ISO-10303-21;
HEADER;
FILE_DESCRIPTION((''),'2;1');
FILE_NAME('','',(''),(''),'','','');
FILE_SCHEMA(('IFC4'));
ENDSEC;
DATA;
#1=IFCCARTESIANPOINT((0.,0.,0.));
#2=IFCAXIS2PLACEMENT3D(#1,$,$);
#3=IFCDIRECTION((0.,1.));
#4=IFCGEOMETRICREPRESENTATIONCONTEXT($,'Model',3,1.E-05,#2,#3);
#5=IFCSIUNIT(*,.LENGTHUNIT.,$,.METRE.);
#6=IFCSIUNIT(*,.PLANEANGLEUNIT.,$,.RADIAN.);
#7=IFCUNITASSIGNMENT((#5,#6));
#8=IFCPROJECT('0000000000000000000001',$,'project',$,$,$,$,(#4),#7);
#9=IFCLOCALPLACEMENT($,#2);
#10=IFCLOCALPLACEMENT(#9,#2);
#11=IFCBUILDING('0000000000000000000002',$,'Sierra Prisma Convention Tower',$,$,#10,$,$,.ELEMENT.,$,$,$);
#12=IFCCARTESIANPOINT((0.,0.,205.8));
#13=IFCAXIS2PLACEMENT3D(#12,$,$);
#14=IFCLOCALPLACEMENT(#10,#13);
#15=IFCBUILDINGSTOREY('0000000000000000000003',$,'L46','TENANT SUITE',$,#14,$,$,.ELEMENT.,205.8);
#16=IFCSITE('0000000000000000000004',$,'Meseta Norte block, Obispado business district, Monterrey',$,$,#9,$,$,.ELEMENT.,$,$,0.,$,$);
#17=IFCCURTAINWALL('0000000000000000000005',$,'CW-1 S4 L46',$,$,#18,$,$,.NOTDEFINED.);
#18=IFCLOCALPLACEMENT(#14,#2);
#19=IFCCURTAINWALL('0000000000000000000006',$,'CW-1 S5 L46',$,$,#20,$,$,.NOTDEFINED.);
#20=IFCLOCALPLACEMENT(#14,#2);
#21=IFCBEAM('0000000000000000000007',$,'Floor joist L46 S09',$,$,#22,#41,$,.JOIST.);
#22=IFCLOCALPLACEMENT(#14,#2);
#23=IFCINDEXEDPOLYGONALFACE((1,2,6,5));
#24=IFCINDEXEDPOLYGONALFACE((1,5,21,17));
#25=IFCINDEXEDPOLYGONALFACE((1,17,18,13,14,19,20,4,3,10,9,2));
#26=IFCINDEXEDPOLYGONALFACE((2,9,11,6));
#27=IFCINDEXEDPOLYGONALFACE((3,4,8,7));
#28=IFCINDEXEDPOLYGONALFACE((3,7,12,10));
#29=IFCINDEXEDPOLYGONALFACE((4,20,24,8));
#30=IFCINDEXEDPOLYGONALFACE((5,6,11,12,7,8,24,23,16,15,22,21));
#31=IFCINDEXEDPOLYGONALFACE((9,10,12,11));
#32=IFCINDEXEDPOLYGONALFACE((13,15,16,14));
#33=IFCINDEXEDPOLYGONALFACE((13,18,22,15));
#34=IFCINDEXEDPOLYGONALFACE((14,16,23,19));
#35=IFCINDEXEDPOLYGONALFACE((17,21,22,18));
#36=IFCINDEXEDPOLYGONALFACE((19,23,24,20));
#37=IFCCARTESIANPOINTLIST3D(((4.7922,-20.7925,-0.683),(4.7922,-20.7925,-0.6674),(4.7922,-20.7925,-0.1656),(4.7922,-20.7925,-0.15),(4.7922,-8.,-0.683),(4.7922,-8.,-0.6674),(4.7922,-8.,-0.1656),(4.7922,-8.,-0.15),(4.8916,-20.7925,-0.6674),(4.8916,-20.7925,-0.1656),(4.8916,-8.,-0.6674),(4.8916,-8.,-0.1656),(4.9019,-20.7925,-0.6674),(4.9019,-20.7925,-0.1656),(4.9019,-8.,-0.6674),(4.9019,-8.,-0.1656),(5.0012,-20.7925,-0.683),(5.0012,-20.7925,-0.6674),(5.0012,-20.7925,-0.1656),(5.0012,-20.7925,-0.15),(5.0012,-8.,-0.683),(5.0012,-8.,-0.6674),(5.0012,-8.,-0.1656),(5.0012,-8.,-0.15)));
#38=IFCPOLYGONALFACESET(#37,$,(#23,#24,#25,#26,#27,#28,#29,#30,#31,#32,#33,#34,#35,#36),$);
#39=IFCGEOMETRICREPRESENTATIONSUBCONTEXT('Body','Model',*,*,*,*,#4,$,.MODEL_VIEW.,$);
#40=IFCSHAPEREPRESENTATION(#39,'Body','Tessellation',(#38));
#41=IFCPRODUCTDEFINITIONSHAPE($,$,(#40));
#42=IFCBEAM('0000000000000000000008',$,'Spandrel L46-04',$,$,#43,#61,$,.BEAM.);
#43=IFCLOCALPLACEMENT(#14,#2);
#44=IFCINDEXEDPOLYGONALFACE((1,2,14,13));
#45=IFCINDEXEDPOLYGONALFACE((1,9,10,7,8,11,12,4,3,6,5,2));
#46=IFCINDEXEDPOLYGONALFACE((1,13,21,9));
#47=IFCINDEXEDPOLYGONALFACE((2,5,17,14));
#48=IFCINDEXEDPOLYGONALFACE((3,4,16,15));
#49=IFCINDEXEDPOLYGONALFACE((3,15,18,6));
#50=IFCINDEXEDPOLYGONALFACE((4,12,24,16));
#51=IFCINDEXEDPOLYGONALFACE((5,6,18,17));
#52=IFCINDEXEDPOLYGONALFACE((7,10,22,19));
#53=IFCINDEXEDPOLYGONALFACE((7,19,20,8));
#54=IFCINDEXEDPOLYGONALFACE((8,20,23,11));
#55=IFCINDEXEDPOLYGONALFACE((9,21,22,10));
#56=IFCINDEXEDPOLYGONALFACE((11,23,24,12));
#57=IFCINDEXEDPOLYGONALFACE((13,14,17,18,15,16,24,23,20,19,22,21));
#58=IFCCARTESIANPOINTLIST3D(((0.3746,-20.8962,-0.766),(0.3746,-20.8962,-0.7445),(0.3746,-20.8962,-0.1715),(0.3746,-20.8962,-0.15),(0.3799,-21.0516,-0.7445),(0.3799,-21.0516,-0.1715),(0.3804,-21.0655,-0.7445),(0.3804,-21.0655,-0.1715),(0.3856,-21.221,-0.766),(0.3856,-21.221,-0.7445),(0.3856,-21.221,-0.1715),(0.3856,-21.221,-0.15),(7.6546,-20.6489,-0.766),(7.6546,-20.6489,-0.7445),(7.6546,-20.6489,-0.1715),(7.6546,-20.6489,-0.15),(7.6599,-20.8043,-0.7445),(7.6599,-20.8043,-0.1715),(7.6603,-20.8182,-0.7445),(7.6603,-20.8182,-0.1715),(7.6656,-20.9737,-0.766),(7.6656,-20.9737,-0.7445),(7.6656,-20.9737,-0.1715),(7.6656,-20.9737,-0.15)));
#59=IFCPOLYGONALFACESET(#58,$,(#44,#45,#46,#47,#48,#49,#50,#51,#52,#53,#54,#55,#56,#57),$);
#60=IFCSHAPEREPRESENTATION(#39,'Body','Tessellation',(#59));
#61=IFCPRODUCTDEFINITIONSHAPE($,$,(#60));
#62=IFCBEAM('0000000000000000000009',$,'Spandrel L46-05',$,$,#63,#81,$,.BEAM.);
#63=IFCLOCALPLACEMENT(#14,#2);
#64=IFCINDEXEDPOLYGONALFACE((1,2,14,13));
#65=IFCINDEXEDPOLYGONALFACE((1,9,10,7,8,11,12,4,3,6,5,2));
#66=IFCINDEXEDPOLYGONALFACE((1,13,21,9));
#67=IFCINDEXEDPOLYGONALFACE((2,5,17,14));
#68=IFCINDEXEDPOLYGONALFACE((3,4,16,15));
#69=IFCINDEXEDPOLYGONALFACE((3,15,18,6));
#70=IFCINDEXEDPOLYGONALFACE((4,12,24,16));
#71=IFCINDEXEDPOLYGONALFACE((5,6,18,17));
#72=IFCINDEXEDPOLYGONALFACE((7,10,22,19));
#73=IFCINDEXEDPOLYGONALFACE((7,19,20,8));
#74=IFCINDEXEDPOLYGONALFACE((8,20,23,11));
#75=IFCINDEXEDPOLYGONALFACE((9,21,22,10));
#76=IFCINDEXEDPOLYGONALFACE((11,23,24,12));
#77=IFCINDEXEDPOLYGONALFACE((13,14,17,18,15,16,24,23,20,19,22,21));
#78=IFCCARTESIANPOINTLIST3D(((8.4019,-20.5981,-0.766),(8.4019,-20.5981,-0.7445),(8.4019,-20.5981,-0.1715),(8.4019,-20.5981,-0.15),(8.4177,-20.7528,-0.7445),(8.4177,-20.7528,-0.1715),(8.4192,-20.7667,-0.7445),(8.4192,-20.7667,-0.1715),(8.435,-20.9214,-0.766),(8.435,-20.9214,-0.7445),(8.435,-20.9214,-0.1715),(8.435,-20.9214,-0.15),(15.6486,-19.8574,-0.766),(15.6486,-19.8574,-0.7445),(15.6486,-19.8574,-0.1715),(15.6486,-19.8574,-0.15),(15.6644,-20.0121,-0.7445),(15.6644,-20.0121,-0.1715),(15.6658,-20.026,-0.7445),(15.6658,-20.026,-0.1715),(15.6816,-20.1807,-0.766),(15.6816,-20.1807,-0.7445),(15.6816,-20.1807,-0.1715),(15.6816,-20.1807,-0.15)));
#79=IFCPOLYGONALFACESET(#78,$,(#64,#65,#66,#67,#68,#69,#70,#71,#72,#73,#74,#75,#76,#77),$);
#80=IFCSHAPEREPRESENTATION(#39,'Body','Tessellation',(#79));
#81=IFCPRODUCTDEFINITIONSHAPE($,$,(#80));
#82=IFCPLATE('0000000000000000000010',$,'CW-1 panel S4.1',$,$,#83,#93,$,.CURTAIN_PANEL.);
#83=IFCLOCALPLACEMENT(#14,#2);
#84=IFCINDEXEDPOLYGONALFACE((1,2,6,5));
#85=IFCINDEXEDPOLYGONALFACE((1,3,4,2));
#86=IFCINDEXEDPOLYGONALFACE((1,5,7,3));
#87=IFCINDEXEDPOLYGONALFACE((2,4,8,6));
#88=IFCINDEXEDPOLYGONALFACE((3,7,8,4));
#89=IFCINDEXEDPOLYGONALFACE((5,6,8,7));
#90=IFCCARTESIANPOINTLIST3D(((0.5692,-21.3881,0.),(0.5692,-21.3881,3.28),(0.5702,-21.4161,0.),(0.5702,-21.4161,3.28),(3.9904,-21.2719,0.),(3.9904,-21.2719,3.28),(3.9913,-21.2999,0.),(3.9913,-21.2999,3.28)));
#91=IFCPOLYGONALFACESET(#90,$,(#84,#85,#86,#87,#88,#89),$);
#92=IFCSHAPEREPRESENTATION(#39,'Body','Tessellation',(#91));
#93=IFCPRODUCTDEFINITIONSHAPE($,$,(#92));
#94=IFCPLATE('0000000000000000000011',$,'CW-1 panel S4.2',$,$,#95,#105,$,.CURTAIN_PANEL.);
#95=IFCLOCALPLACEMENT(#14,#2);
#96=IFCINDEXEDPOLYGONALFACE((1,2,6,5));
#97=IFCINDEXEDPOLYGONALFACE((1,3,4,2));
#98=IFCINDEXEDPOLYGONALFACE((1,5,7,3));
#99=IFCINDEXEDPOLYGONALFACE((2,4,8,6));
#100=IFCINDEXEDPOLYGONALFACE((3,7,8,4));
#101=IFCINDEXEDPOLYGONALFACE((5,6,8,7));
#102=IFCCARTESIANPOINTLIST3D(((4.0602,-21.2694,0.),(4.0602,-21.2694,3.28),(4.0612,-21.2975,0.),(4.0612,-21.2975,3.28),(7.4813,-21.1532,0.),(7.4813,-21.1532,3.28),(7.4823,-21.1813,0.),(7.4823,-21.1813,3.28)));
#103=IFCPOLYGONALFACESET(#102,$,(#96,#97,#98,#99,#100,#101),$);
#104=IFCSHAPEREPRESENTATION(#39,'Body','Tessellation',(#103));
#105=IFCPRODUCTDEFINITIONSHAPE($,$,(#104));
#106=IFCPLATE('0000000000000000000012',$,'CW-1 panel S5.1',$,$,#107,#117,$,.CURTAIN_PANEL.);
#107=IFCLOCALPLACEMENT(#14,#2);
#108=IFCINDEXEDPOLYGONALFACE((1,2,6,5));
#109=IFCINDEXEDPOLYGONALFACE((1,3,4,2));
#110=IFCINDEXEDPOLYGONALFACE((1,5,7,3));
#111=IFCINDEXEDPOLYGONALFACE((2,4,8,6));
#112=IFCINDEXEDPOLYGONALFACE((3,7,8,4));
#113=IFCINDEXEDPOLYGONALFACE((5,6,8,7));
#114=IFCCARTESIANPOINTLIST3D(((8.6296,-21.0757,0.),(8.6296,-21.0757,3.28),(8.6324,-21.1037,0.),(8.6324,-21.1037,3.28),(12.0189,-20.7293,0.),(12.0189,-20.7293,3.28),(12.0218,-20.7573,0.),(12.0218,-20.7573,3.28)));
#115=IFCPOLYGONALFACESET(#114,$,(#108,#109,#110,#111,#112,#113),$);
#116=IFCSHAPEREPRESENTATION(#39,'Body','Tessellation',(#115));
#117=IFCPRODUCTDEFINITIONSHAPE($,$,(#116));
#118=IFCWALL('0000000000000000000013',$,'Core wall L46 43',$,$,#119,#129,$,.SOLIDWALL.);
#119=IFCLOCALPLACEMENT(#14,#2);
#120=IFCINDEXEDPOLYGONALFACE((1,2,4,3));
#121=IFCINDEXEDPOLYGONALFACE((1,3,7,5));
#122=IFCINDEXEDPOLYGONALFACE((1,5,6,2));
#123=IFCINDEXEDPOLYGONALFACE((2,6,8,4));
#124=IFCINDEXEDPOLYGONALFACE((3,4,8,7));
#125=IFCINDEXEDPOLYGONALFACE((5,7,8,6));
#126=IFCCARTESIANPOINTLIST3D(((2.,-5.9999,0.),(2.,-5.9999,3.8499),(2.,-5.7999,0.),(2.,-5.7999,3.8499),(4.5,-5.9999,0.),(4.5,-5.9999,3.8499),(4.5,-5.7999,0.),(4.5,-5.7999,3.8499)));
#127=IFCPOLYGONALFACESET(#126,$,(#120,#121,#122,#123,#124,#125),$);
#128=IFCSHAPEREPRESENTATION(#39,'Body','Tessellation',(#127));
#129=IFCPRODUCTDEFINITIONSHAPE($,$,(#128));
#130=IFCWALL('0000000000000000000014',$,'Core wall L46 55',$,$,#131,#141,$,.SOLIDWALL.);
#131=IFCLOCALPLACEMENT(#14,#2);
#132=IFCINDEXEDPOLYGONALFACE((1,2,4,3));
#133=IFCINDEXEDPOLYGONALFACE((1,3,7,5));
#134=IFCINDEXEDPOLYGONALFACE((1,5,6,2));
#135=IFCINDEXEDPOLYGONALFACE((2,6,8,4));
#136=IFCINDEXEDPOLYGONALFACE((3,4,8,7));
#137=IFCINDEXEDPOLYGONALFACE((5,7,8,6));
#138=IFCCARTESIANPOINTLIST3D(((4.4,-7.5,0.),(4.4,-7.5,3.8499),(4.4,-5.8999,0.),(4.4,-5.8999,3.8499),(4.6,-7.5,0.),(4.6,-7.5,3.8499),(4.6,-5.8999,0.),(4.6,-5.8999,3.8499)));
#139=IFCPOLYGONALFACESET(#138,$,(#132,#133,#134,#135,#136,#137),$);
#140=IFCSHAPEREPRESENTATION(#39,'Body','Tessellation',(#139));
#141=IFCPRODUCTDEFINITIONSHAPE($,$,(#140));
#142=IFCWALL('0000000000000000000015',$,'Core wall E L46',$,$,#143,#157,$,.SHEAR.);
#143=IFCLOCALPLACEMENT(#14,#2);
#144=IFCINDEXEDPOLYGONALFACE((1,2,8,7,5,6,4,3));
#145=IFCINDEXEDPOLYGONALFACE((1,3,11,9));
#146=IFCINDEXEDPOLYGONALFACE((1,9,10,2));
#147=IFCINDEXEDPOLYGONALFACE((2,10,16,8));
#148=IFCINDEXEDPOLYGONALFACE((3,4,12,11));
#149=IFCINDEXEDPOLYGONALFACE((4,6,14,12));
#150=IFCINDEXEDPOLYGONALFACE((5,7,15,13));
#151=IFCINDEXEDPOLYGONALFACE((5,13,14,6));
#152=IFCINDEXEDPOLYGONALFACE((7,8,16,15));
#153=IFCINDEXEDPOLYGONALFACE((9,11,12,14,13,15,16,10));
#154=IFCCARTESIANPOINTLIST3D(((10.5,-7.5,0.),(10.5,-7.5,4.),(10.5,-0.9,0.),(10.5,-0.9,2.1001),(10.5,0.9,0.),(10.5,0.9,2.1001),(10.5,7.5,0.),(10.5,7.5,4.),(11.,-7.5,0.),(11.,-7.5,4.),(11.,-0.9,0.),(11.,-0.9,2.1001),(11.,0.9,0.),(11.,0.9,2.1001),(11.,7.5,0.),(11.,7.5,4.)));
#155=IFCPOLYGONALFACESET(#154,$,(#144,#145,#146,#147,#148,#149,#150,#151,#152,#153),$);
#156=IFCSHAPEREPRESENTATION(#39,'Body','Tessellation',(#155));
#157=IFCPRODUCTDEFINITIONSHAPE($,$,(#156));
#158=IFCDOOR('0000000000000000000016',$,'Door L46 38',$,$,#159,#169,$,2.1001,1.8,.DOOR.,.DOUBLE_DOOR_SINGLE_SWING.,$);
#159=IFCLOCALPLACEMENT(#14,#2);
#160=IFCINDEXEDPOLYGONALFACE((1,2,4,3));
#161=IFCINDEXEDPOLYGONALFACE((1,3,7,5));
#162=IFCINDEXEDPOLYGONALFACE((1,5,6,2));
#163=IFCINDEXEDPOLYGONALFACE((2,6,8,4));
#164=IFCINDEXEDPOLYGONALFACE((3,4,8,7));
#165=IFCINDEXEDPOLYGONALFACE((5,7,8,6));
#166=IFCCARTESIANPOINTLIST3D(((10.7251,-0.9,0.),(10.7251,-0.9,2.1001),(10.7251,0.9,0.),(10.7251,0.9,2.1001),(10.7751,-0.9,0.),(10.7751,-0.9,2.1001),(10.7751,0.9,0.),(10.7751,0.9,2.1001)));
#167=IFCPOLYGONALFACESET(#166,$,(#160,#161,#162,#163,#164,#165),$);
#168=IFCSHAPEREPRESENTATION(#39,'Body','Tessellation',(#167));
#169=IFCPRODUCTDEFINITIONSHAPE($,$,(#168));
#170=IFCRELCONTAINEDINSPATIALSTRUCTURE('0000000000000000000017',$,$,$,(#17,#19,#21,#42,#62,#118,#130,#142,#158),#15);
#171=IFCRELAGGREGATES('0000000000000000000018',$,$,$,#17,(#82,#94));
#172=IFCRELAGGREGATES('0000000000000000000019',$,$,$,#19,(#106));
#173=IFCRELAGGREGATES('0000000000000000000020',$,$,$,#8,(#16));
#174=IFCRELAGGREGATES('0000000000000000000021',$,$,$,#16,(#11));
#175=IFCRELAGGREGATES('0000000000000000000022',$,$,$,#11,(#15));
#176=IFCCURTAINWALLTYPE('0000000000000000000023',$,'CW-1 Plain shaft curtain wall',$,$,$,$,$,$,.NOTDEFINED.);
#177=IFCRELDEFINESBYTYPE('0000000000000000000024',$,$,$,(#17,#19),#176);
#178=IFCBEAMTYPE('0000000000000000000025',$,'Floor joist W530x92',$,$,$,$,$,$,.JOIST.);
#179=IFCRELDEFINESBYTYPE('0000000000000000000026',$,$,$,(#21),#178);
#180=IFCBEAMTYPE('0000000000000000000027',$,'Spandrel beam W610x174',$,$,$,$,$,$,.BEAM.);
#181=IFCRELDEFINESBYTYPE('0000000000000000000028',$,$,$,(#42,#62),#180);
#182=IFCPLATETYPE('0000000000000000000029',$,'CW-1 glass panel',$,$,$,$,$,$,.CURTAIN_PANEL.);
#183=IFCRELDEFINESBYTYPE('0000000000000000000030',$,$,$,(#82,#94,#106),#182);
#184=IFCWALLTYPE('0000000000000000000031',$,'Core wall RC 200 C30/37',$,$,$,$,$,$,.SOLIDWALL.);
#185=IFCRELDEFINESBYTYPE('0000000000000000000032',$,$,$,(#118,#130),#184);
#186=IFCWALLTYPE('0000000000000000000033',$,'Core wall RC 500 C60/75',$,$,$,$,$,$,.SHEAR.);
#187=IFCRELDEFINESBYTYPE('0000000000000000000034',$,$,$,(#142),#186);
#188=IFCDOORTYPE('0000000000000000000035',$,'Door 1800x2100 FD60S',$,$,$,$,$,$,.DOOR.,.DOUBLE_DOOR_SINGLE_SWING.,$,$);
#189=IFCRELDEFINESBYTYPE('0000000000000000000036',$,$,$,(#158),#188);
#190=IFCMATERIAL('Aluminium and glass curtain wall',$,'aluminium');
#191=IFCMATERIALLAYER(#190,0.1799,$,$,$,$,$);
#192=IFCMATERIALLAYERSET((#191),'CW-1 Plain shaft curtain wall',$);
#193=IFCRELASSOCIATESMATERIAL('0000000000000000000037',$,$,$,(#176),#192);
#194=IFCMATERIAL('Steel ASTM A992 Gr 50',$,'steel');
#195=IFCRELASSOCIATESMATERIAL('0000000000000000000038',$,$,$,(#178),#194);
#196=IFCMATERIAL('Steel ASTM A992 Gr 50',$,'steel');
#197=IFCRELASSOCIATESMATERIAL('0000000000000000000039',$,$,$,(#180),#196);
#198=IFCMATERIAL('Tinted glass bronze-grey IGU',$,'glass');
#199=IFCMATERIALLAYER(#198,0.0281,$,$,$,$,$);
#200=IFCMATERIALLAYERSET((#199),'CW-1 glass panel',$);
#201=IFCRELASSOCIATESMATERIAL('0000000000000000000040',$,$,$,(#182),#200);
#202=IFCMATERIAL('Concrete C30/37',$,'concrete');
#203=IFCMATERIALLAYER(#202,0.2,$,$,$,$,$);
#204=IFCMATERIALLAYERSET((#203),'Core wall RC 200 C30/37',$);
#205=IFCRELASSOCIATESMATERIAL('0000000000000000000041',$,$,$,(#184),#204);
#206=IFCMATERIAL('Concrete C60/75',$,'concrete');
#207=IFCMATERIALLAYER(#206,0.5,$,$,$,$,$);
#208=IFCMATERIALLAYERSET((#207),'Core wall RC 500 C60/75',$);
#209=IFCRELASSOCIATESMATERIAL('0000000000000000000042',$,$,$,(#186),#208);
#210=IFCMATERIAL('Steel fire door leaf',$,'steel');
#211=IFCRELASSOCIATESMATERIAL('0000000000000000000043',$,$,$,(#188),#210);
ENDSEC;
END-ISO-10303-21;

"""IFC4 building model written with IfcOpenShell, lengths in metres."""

from ifc_helpers import new_model, si_unit, direction, frame, frame_2d, origin, origin_2d, place, context, subcontext, project, spatial, rectangle, i_section, extrude, material, layer, layer_set, material_profile, profile_set, type_object, element, fill, aggregate, save


model = new_model("IFC4")

# Units and contexts
model_context = context("Model", 3, precision=1e-05, world=origin(), true_north=direction((0.0, 1.0)))
body_context = subcontext(model_context, "Body", "Model", "MODEL_VIEW")
ifc_project = project(units=[si_unit("LENGTHUNIT", "METRE"), si_unit("PLANEANGLEUNIT", "RADIAN")], contexts=[model_context])

# Site, building, storey
site_placement = place(None, origin())
site = spatial("IfcSite", under=ifc_project, at=site_placement, Name="Meseta Norte block, Obispado business district, Monterrey", CompositionType="ELEMENT", RefElevation=0.0)
building_placement = place(site_placement, origin())
building = spatial("IfcBuilding", under=site, at=building_placement, Name="Sierra Prisma Convention Tower", CompositionType="ELEMENT")
storey_placement = place(building_placement, frame((0.0, 0.0, 205.8)))
storey = spatial("IfcBuildingStorey", under=building, at=storey_placement, Name="L46", Description="TENANT SUITE", CompositionType="ELEMENT", Elevation=205.8)

# Curtain wall
ifc_material_1 = material(Name="Aluminium and glass curtain wall", Category="aluminium")
ifc_layer_1 = layer(ifc_material_1, 0.1799)
ifc_layer_set_1 = layer_set([ifc_layer_1], Name="CW-1 Plain shaft curtain wall")
curtain_wall_type = type_object("IfcCurtainWallType", Name="CW-1 Plain shaft curtain wall", PredefinedType="NOTDEFINED", material=ifc_layer_set_1)
curtain_wall_1_placement = place(storey_placement, origin())
curtain_wall_1 = element("IfcCurtainWall", 1, at=curtain_wall_1_placement, inside=storey, type_object=curtain_wall_type, Name="CW-1 S4 L46", PredefinedType="NOTDEFINED")

# Curtain wall
curtain_wall_2_placement = place(storey_placement, origin())
curtain_wall_2 = element("IfcCurtainWall", 2, at=curtain_wall_2_placement, inside=storey, type_object=curtain_wall_type, Name="CW-1 S5 L46", PredefinedType="NOTDEFINED")

# Beams
ifc_material_2 = material(Name="Steel ASTM A992 Gr 50", Category="steel")
ifc_material_profile_1 = material_profile(ifc_material_2, i_section(OverallWidth=0.209, OverallDepth=0.533, WebThickness=0.0103, FlangeThickness=0.0156, at=origin_2d()), Name="W530x92")
ifc_profile_set_1 = profile_set([ifc_material_profile_1], Name="Steel ASTM A992 Gr 50")
beam_type_1 = type_object("IfcBeamType", Name="Floor joist W530x92", PredefinedType="JOIST", material=ifc_profile_set_1)
beam_1_placement = place(storey_placement, frame((4.8967, -20.7925, -0.4165), z_axis=(0.0, 1.0, 0.0), x_axis=(-1.0, 0.0, 0.0)))
element("IfcBeam", 3, at=beam_1_placement, inside=storey, type_object=beam_type_1, Name="Floor joist L46 S09", PredefinedType="JOIST", context=body_context, shape_type="SweptSolid", body=[
    extrude(i_section(OverallWidth=0.209, OverallDepth=0.533, WebThickness=0.0103, FlangeThickness=0.0156, at=origin_2d()), origin(), (0.0, 0.0, 1.0), 12.7925),
])
ifc_material_3 = material(Name="Steel ASTM A992 Gr 50", Category="steel")
ifc_material_profile_2 = material_profile(ifc_material_3, i_section(OverallWidth=0.325, OverallDepth=0.616, WebThickness=0.0139, FlangeThickness=0.0215, at=origin_2d()), Name="W610x174")
ifc_profile_set_2 = profile_set([ifc_material_profile_2], Name="Steel ASTM A992 Gr 50")
beam_type_2 = type_object("IfcBeamType", Name="Spandrel beam W610x174", PredefinedType="BEAM", material=ifc_profile_set_2)
beam_2_placement = place(storey_placement, frame((0.3801, -21.0586, -0.458), z_axis=(0.999423, 0.033952, 0.0), x_axis=(-0.033952, 0.999423, 0.0)))
element("IfcBeam", 4, at=beam_2_placement, inside=storey, type_object=beam_type_2, Name="Spandrel L46-04", PredefinedType="BEAM", context=body_context, shape_type="SweptSolid", body=[
    extrude(i_section(OverallWidth=0.325, OverallDepth=0.616, WebThickness=0.0139, FlangeThickness=0.0215, at=origin_2d()), origin(), (0.0, 0.0, 1.0), 7.2842),
])
beam_3_placement = place(storey_placement, frame((8.4185, -20.7598, -0.458), z_axis=(0.994816, 0.101687, 0.0), x_axis=(-0.101687, 0.994816, 0.0)))
element("IfcBeam", 5, at=beam_3_placement, inside=storey, type_object=beam_type_2, Name="Spandrel L46-05", PredefinedType="BEAM", context=body_context, shape_type="SweptSolid", body=[
    extrude(i_section(OverallWidth=0.325, OverallDepth=0.616, WebThickness=0.0139, FlangeThickness=0.0215, at=origin_2d()), origin(), (0.0, 0.0, 1.0), 7.2844),
])

# Plates
ifc_material_4 = material(Name="Tinted glass bronze-grey IGU", Category="glass")
ifc_layer_2 = layer(ifc_material_4, 0.0281)
ifc_layer_set_2 = layer_set([ifc_layer_2], Name="CW-1 glass panel")
plate_type = type_object("IfcPlateType", Name="CW-1 glass panel", PredefinedType="CURTAIN_PANEL", material=ifc_layer_set_2)
plate_1_placement = place(storey_placement, frame((2.2803, -21.344, 0.0), z_axis=(0.0, 0.0, 1.0), x_axis=(0.999424, 0.033943, 0.0)))
plate_1 = element("IfcPlate", 6, at=plate_1_placement, type_object=plate_type, Name="CW-1 panel S4.1", PredefinedType="CURTAIN_PANEL", context=body_context, shape_type="SweptSolid", body=[
    extrude(rectangle(XDim=3.4231, YDim=0.0281, at=origin_2d()), origin(), (0.0, 0.0, 1.0), 3.28),
])
plate_2_placement = place(storey_placement, frame((5.7712, -21.2253, 0.0), z_axis=(0.0, 0.0, 1.0), x_axis=(0.999424, 0.033943, 0.0)))
plate_2 = element("IfcPlate", 7, at=plate_2_placement, type_object=plate_type, Name="CW-1 panel S4.2", PredefinedType="CURTAIN_PANEL", context=body_context, shape_type="SweptSolid", body=[
    extrude(rectangle(XDim=3.4231, YDim=0.0281, at=origin_2d()), origin(), (0.0, 0.0, 1.0), 3.28),
])
aggregate(curtain_wall_1, [plate_1, plate_2])
plate_3_placement = place(storey_placement, frame((10.3257, -20.9165, 0.0), z_axis=(0.0, 0.0, 1.0), x_axis=(0.994818, 0.101672, 0.0)))
plate_3 = element("IfcPlate", 8, at=plate_3_placement, type_object=plate_type, Name="CW-1 panel S5.1", PredefinedType="CURTAIN_PANEL", context=body_context, shape_type="SweptSolid", body=[
    extrude(rectangle(XDim=3.407, YDim=0.0281, at=origin_2d()), origin(), (0.0, 0.0, 1.0), 3.28),
])
aggregate(curtain_wall_2, [plate_3])

# Shared definitions
ifc_material_5 = material(Name="Concrete C30/37", Category="concrete")
ifc_layer_3 = layer(ifc_material_5, 0.2)
ifc_layer_set_3 = layer_set([ifc_layer_3], Name="Core wall RC 200 C30/37")
wall_type_1 = type_object("IfcWallType", Name="Core wall RC 200 C30/37", PredefinedType="SOLIDWALL", material=ifc_layer_set_3)

# Walls
wall_1_placement = place(storey_placement, frame((4.5, -5.8999, 0.0), z_axis=(0.0, 0.0, 1.0), x_axis=(-1.0, 0.0, 0.0)))
element("IfcWall", 9, at=wall_1_placement, inside=storey, type_object=wall_type_1, Name="Core wall L46 43", PredefinedType="SOLIDWALL", context=body_context, shape_type="SweptSolid", body=[
    extrude(rectangle(XDim=2.5, YDim=0.2, at=frame_2d((1.25, 0.0))), origin(), (0.0, 0.0, 1.0), 3.8499),
])
wall_2_placement = place(storey_placement, frame((4.5, -5.8999, 0.0), z_axis=(0.0, 0.0, 1.0), x_axis=(0.0, -1.0, 0.0)))
element("IfcWall", 10, at=wall_2_placement, inside=storey, type_object=wall_type_1, Name="Core wall L46 55", PredefinedType="SOLIDWALL", context=body_context, shape_type="SweptSolid", body=[
    extrude(rectangle(XDim=1.6001, YDim=0.2, at=frame_2d((0.8, 0.0))), origin(), (0.0, 0.0, 1.0), 3.8499),
])

# Wall, opening, door
ifc_material_6 = material(Name="Concrete C60/75", Category="concrete")
ifc_layer_4 = layer(ifc_material_6, 0.5)
ifc_layer_set_4 = layer_set([ifc_layer_4], Name="Core wall RC 500 C60/75")
wall_type_2 = type_object("IfcWallType", Name="Core wall RC 500 C60/75", PredefinedType="SHEAR", material=ifc_layer_set_4)
wall_3_placement = place(storey_placement, frame((10.75, -7.5, 0.0), z_axis=(0.0, 0.0, 1.0), x_axis=(0.0, 1.0, 0.0)))
wall_3 = element("IfcWall", 11, at=wall_3_placement, inside=storey, type_object=wall_type_2, Name="Core wall E L46", PredefinedType="SHEAR", context=body_context, shape_type="SweptSolid", body=[
    extrude(rectangle(XDim=15.0, YDim=0.5, at=frame_2d((7.5, 0.0))), origin(), (0.0, 0.0, 1.0), 4.0),
])
opening_1_placement = place(wall_3_placement, frame((6.6001, 0.0, 0.0)))
opening_1 = element("IfcOpeningElement", 12, at=opening_1_placement, cuts=wall_3, PredefinedType="OPENING", context=body_context, shape_type="SweptSolid", body=[
    extrude(rectangle(XDim=1.8, YDim=2.1001, at=frame_2d((0.8999, 1.05))), frame((0.0, 0.25, 0.0), z_axis=(0.0, -1.0, 0.0), x_axis=(1.0, 0.0, 0.0)), (0.0, 0.0, 1.0), 0.5),
])
ifc_material_7 = material(Name="Steel fire door leaf", Category="steel")
door_type_1 = type_object("IfcDoorType", Name="Door 1800x2100 FD60S", OperationType="DOUBLE_DOOR_SINGLE_SWING", PredefinedType="DOOR", material=ifc_material_7)
door_1_placement = place(opening_1_placement, origin())
door_1 = element("IfcDoor", 13, at=door_1_placement, inside=storey, type_object=door_type_1, Name="Door L46 38", OperationType="DOUBLE_DOOR_SINGLE_SWING", OverallHeight=2.1001, OverallWidth=1.8, PredefinedType="DOOR", context=body_context, shape_type="SweptSolid", body=[
    extrude(rectangle(XDim=1.8, YDim=2.1001, at=frame_2d((0.8999, 1.05))), frame((0.0, 0.0249, 0.0), z_axis=(0.0, -1.0, 0.0), x_axis=(1.0, 0.0, 0.0)), (0.0, 0.0, 1.0), 0.05),
])
fill(opening_1, door_1)

save(model, "model.ifc")
